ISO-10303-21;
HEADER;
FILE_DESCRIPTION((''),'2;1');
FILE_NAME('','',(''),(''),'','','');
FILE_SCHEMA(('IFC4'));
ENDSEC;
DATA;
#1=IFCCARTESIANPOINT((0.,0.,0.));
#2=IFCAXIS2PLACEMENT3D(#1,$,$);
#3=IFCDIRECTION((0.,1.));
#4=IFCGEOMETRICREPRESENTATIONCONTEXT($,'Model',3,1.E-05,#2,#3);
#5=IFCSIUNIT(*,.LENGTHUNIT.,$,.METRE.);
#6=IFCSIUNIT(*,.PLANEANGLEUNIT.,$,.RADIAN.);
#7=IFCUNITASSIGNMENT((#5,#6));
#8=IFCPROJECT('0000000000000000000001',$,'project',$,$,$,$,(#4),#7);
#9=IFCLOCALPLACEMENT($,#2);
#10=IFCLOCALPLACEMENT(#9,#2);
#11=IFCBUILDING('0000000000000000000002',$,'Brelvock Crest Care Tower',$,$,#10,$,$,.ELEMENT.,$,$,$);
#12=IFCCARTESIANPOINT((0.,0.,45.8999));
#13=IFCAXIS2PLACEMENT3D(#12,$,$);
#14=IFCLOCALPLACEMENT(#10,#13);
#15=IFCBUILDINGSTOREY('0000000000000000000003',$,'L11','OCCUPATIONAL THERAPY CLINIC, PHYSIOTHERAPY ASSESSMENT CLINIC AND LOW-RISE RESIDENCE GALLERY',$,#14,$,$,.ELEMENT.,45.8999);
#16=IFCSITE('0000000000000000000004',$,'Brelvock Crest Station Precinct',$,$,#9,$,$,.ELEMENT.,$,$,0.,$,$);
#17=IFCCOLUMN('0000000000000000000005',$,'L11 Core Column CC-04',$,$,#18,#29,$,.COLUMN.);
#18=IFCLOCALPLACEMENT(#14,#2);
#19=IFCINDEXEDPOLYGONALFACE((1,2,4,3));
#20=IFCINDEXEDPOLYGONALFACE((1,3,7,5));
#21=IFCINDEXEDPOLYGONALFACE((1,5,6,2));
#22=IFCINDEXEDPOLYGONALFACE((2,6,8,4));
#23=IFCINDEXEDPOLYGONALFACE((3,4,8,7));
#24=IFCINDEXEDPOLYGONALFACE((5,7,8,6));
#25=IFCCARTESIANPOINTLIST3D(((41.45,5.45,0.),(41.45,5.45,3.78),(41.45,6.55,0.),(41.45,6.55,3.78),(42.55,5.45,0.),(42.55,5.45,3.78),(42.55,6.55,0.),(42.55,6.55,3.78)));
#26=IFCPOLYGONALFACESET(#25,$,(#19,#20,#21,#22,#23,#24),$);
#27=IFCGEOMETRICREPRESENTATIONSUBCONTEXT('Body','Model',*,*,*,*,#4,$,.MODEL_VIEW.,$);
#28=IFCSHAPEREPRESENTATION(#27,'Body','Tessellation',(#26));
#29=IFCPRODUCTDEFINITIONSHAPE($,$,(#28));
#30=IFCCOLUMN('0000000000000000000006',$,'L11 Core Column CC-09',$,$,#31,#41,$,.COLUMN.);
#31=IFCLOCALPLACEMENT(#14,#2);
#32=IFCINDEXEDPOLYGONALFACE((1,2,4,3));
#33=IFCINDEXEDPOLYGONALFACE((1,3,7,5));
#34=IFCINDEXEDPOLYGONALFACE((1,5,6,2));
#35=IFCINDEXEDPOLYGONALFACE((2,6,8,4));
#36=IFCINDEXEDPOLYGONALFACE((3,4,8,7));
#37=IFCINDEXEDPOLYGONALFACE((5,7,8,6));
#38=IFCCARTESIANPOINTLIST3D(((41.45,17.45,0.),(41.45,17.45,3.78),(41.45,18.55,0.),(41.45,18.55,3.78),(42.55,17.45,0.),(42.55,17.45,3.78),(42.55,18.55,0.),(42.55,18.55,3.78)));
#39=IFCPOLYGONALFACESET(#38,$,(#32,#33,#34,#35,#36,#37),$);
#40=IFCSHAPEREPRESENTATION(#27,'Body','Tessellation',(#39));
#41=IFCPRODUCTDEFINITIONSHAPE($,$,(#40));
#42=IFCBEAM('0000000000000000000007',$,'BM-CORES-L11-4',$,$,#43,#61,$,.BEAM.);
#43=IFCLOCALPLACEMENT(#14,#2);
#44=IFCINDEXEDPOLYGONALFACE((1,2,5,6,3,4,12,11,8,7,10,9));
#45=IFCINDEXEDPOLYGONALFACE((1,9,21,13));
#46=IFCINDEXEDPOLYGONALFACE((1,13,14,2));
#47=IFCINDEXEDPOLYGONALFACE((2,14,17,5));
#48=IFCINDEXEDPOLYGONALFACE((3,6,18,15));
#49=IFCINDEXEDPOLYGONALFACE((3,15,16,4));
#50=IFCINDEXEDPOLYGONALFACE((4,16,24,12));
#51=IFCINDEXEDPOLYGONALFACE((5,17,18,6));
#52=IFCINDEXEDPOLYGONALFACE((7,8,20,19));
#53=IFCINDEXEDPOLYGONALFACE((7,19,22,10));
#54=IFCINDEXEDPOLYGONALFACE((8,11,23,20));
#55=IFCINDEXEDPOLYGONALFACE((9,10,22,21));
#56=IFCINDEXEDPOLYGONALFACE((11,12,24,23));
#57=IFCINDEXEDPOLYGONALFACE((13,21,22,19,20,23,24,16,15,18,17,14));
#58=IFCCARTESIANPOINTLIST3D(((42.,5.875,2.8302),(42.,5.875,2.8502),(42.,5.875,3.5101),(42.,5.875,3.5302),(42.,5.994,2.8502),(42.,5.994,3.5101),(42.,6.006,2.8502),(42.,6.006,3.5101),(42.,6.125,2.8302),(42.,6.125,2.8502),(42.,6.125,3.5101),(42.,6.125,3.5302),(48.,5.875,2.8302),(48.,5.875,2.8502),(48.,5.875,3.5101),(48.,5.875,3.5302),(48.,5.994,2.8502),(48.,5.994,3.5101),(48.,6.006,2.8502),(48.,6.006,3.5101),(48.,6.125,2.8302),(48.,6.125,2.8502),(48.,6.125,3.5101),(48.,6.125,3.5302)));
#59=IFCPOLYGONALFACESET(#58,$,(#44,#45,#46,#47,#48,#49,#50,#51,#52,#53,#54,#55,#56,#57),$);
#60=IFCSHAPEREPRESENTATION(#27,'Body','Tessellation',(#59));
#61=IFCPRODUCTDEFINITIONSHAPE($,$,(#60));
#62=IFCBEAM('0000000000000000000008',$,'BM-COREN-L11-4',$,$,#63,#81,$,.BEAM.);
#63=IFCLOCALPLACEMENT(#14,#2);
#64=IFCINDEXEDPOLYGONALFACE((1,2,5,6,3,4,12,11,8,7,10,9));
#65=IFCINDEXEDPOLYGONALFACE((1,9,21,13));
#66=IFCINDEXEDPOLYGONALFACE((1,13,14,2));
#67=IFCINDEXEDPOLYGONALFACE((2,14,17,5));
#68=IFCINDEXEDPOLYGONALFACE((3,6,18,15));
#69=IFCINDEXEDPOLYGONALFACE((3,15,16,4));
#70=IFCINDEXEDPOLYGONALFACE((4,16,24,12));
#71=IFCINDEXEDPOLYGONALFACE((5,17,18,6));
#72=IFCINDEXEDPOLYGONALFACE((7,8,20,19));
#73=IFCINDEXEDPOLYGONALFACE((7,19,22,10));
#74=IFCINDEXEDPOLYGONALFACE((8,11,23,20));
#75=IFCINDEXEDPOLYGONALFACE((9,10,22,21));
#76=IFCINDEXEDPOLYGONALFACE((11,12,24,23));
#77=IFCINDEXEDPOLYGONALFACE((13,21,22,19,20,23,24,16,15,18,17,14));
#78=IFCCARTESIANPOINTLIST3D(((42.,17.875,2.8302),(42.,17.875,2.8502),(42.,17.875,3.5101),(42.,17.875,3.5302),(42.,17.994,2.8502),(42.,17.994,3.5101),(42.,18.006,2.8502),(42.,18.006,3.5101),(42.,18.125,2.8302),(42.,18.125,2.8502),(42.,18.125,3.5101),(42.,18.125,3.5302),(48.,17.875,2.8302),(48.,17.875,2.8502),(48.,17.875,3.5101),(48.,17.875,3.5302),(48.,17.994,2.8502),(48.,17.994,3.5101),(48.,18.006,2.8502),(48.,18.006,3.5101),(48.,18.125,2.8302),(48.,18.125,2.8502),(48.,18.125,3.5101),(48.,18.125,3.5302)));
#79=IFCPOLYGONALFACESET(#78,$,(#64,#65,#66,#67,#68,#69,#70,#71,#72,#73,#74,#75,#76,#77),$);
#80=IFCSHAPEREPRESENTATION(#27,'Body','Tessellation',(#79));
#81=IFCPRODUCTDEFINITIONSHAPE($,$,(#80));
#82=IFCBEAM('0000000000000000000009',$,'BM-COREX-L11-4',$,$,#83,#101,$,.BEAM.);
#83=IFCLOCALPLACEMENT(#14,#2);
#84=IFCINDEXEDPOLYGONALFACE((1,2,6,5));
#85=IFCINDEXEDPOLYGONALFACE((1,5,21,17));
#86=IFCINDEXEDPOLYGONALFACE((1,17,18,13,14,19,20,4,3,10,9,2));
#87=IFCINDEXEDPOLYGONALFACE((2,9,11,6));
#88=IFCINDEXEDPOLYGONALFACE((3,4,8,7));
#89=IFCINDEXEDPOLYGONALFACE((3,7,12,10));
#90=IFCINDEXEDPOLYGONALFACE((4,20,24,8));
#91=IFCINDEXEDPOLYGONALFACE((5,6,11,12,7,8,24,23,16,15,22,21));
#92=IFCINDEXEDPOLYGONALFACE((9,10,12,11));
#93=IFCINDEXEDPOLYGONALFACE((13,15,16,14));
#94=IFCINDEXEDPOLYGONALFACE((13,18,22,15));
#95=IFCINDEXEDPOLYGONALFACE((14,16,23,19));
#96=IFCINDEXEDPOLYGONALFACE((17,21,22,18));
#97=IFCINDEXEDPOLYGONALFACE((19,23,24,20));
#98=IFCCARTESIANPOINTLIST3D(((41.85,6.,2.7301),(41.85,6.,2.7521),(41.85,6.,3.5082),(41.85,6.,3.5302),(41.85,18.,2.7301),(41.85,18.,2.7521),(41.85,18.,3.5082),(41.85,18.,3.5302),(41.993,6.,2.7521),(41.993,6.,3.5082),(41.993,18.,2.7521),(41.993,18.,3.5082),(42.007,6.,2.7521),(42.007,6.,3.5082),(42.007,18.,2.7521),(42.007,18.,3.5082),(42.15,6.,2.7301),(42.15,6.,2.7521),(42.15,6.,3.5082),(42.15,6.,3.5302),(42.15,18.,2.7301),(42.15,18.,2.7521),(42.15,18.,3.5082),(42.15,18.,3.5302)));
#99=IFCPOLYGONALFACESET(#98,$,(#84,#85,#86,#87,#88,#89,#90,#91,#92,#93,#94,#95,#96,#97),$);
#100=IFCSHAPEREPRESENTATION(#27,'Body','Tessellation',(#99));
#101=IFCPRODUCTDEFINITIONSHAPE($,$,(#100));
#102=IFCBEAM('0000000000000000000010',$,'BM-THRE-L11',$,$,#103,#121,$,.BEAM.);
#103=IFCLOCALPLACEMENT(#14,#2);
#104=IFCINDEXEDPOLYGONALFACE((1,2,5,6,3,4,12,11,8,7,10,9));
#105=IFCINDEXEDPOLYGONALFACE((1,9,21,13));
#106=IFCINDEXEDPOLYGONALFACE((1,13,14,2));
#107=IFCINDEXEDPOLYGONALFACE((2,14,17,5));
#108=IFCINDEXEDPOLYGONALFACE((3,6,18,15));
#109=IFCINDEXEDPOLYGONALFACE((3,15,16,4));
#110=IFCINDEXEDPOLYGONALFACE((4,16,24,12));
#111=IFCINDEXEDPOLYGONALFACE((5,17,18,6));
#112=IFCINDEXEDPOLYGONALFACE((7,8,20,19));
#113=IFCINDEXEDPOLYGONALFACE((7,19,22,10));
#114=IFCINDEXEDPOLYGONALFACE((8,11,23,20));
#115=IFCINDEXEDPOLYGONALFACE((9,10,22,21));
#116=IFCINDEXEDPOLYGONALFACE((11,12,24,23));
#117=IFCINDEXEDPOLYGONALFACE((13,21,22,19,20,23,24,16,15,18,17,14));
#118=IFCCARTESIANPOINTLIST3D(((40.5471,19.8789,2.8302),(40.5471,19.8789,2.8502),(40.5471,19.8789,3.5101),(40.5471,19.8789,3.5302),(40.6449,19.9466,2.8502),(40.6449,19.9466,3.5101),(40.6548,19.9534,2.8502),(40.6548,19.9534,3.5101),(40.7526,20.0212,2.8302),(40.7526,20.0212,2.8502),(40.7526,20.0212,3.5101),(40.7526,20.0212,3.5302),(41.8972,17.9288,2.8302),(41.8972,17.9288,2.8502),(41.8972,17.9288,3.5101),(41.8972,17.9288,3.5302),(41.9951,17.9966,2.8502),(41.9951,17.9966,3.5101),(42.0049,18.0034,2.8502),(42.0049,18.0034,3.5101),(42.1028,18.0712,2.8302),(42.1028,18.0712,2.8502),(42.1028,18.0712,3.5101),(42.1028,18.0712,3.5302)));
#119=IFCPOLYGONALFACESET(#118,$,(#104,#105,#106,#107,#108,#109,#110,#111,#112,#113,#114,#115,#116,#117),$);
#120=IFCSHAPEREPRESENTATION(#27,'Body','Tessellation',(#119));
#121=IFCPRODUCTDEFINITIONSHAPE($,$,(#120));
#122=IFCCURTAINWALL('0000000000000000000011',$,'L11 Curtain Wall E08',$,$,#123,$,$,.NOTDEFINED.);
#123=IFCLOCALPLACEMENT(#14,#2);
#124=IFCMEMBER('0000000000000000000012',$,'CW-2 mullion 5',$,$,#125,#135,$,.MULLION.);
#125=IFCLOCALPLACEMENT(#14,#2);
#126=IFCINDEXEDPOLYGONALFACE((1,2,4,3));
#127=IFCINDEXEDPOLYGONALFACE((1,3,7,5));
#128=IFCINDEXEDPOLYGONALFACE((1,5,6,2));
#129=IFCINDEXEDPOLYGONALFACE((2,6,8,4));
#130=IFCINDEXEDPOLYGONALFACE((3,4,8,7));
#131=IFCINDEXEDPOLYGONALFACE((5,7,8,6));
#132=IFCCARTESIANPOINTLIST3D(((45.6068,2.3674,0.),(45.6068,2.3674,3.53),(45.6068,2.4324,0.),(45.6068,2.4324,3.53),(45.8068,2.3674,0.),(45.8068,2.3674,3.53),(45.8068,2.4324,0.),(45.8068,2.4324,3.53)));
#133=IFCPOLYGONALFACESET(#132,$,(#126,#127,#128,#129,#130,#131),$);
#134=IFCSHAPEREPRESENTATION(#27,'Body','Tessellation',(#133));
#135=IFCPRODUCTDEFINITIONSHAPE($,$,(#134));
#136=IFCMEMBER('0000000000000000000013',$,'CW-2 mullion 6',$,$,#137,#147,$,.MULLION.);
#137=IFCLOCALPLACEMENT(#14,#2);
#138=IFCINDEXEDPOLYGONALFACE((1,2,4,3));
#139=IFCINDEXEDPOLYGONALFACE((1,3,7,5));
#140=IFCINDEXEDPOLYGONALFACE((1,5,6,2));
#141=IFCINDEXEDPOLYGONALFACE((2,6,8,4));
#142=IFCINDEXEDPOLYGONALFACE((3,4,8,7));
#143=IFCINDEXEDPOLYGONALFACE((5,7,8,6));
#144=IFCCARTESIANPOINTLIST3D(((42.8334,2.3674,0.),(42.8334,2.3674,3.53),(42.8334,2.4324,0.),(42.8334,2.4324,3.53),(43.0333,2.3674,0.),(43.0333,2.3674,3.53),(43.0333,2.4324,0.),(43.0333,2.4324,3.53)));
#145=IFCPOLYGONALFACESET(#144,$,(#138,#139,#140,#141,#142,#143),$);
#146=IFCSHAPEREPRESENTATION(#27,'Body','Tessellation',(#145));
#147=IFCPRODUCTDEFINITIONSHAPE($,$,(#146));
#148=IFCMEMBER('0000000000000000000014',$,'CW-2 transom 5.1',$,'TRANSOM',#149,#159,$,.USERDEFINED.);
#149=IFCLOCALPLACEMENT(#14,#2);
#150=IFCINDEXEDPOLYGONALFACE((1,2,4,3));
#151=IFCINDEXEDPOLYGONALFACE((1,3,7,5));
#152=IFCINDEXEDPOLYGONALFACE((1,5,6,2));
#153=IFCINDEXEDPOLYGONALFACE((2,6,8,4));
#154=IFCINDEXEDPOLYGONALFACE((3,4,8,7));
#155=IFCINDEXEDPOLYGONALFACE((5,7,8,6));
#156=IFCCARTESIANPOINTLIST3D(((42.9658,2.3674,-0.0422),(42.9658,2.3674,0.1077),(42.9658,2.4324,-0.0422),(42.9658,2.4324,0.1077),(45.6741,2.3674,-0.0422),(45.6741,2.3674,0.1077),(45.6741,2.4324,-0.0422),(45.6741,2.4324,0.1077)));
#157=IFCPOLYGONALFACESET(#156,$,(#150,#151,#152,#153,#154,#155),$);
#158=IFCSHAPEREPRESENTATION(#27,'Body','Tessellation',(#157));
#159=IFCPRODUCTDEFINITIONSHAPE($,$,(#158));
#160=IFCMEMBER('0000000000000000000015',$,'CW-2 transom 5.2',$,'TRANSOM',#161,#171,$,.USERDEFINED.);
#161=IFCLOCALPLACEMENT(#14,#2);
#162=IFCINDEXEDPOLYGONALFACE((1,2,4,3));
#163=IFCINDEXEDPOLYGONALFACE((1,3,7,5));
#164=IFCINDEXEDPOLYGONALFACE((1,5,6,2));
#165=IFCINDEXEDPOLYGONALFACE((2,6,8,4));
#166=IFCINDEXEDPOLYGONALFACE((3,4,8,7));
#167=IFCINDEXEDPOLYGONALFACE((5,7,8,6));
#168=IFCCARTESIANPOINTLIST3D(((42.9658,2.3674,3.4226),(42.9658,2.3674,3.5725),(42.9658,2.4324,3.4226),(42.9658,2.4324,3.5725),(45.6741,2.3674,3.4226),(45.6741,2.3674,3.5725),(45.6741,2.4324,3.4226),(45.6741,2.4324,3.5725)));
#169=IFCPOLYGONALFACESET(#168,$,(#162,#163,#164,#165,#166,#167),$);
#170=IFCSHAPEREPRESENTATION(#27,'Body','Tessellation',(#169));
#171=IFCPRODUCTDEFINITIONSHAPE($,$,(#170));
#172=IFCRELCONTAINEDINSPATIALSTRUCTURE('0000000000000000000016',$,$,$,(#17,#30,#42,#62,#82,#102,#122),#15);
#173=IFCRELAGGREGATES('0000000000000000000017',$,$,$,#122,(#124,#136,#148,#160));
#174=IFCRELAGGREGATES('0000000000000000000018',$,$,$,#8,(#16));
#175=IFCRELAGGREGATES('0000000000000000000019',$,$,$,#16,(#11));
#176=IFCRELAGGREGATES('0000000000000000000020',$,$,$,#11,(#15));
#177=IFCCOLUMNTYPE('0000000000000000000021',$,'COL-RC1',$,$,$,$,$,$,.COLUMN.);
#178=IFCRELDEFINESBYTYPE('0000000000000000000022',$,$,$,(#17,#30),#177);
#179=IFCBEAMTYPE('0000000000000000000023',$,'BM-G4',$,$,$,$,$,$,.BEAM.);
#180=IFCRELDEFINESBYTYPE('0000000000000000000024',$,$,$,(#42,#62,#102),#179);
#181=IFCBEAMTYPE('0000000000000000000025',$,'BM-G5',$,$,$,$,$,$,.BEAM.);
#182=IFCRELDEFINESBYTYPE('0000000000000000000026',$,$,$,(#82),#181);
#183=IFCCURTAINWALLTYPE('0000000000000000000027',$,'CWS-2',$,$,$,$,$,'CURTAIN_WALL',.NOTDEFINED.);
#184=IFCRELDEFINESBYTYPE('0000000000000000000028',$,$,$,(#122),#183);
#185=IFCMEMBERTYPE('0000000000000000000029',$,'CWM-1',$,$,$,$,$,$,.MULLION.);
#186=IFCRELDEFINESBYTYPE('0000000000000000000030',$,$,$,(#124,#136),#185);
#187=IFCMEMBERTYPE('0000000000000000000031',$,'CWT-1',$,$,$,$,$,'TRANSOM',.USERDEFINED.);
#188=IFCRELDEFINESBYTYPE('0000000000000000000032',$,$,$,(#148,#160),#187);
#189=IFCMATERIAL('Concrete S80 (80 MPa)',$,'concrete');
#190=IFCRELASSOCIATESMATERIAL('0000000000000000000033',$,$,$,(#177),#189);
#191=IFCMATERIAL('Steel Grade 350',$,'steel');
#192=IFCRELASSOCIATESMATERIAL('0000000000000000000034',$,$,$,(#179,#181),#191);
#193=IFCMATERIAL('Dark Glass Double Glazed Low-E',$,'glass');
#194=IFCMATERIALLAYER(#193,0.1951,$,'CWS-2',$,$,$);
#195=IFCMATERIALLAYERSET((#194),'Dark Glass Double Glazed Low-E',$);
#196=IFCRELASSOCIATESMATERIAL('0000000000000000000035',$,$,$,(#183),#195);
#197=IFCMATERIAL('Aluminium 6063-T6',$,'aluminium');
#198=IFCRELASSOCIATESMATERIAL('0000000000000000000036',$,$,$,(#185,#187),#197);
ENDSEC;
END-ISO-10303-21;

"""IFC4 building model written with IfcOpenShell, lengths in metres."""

from ifc_helpers import new_model, si_unit, direction, frame, origin, origin_2d, place, context, subcontext, project, spatial, rectangle, i_section, extrude, source, transform, mapped, material, layer, layer_set, material_profile, profile_set, type_object, element, aggregate, save


model = new_model("IFC4")

# Units and contexts
model_context = context("Model", 3, precision=1e-05, world=origin(), true_north=direction((0.0, 1.0)))
body_context = subcontext(model_context, "Body", "Model", "MODEL_VIEW")
ifc_project = project(units=[si_unit("LENGTHUNIT", "METRE"), si_unit("PLANEANGLEUNIT", "RADIAN")], contexts=[model_context])

# Site, building, storey
site_placement = place(None, origin())
site = spatial("IfcSite", under=ifc_project, at=site_placement, Name="Brelvock Crest Station Precinct", CompositionType="ELEMENT", RefElevation=0.0)
building_placement = place(site_placement, origin())
building = spatial("IfcBuilding", under=site, at=building_placement, Name="Brelvock Crest Care Tower", CompositionType="ELEMENT")
storey_placement = place(building_placement, frame((0.0, 0.0, 45.8999)))
storey = spatial("IfcBuildingStorey", under=building, at=storey_placement, Name="L11", Description="OCCUPATIONAL THERAPY CLINIC, PHYSIOTHERAPY ASSESSMENT CLINIC AND LOW-RISE RESIDENCE GALLERY", CompositionType="ELEMENT", Elevation=45.8999)

# Columns
ifc_material_1 = material(Name="Concrete S80 (80 MPa)", Category="concrete")
ifc_material_profile_1 = material_profile(ifc_material_1, rectangle(XDim=1.1001, YDim=1.1001, at=origin_2d()), Name="RC1100x1100")
ifc_profile_set_1 = profile_set([ifc_material_profile_1], Name="Concrete S80 (80 MPa)")
column_type = type_object("IfcColumnType", Name="COL-RC1", PredefinedType="COLUMN", material=ifc_profile_set_1)
shared_shape_1 = source(origin(), body_context, "Body", "SweptSolid", [
    extrude(rectangle(XDim=1.1001, YDim=1.1001, at=origin_2d()), origin(), (0.0, 0.0, 1.0), 3.78),
])
for number, where, z_axis, x_axis, name in (
    (1, (42.0, 6.0, 0.0), (0.0, 0.0, 1.0), (1.0, 0.0, 0.0), "L11 Core Column CC-04"),
    (2, (42.0, 18.0, 0.0), (0.0, 0.0, 1.0), (1.0, 0.0, 0.0), "L11 Core Column CC-09"),
):
    element("IfcColumn", number, at=place(storey_placement, frame(where, z_axis=z_axis, x_axis=x_axis)), inside=storey, type_object=column_type, Name=name, PredefinedType="COLUMN", context=body_context, shape_type="MappedRepresentation", body=[
        mapped(shared_shape_1, transform((0.0, 0.0, 0.0), x_axis=(1.0, 0.0, 0.0), y_axis=(0.0, 1.0, 0.0), z_axis=(0.0, 0.0, 1.0), scale=1.0)),
    ])

# Beams
ifc_material_2 = material(Name="Steel Grade 350", Category="steel")
ifc_material_profile_2 = material_profile(ifc_material_2, i_section(OverallWidth=0.25, OverallDepth=0.7, WebThickness=0.012, FlangeThickness=0.02, at=origin_2d()), Name="700WB150")
ifc_profile_set_2 = profile_set([ifc_material_profile_2], Name="Steel Grade 350")
beam_type_1 = type_object("IfcBeamType", Name="BM-G4", PredefinedType="BEAM", material=ifc_profile_set_2)
shared_shape_2 = source(origin(), body_context, "Body", "SweptSolid", [
    extrude(i_section(OverallWidth=0.25, OverallDepth=0.7, WebThickness=0.012, FlangeThickness=0.02, at=origin_2d()), origin(), (0.0, 0.0, 1.0), 6.0),
])
for number, where, z_axis, x_axis, name in (
    (3, (42.0, 6.0, 3.1802), (1.0, 0.0, 0.0), (0.0, 1.0, 0.0), "BM-CORES-L11-4"),
    (4, (42.0, 18.0, 3.1802), (1.0, 0.0, 0.0), (0.0, 1.0, 0.0), "BM-COREN-L11-4"),
):
    element("IfcBeam", number, at=place(storey_placement, frame(where, z_axis=z_axis, x_axis=x_axis)), inside=storey, type_object=beam_type_1, Name=name, PredefinedType="BEAM", context=body_context, shape_type="MappedRepresentation", body=[
        mapped(shared_shape_2, transform((0.0, 0.0, 0.0), x_axis=(1.0, 0.0, 0.0), y_axis=(0.0, 1.0, 0.0), z_axis=(0.0, 0.0, 1.0), scale=1.0)),
    ])
ifc_material_profile_3 = material_profile(ifc_material_2, i_section(OverallWidth=0.3, OverallDepth=0.8, WebThickness=0.0139, FlangeThickness=0.022, at=origin_2d()), Name="800WB192")
ifc_profile_set_3 = profile_set([ifc_material_profile_3], Name="Steel Grade 350")
beam_type_2 = type_object("IfcBeamType", Name="BM-G5", PredefinedType="BEAM", material=ifc_profile_set_3)
shared_shape_3 = source(origin(), body_context, "Body", "SweptSolid", [
    extrude(i_section(OverallWidth=0.3, OverallDepth=0.8, WebThickness=0.0139, FlangeThickness=0.022, at=origin_2d()), origin(), (0.0, 0.0, 1.0), 12.0),
])
beam_1_placement = place(storey_placement, frame((42.0, 6.0, 3.1301), z_axis=(0.0, 1.0, 0.0), x_axis=(-1.0, 0.0, 0.0)))
element("IfcBeam", 5, at=beam_1_placement, inside=storey, type_object=beam_type_2, Name="BM-COREX-L11-4", PredefinedType="BEAM", context=body_context, shape_type="MappedRepresentation", body=[
    mapped(shared_shape_3, transform((0.0, 0.0, 0.0), x_axis=(1.0, 0.0, 0.0), y_axis=(0.0, 1.0, 0.0), z_axis=(0.0, 0.0, 1.0), scale=1.0)),
])
shared_shape_4 = source(origin(), body_context, "Body", "SweptSolid", [
    extrude(i_section(OverallWidth=0.25, OverallDepth=0.7, WebThickness=0.012, FlangeThickness=0.02, at=origin_2d()), origin(), (0.0, 0.0, 1.0), 2.3718),
])
beam_2_placement = place(storey_placement, frame((42.0, 18.0, 3.1802), z_axis=(-0.569247, 0.822166, 0.0), x_axis=(-0.822166, -0.569247, 0.0)))
element("IfcBeam", 6, at=beam_2_placement, inside=storey, type_object=beam_type_1, Name="BM-THRE-L11", PredefinedType="BEAM", context=body_context, shape_type="MappedRepresentation", body=[
    mapped(shared_shape_4, transform((0.0, 0.0, 0.0), x_axis=(1.0, 0.0, 0.0), y_axis=(0.0, 1.0, 0.0), z_axis=(0.0, 0.0, 1.0), scale=1.0)),
])

# Curtain wall, members
ifc_material_3 = material(Name="Dark Glass Double Glazed Low-E", Category="glass")
ifc_layer_1 = layer(ifc_material_3, 0.1951, Name="CWS-2")
ifc_layer_set_1 = layer_set([ifc_layer_1], Name="Dark Glass Double Glazed Low-E")
curtain_wall_type = type_object("IfcCurtainWallType", Name="CWS-2", ElementType="CURTAIN_WALL", PredefinedType="NOTDEFINED", material=ifc_layer_set_1)
curtain_wall_placement = place(storey_placement, origin())
curtain_wall = element("IfcCurtainWall", 7, at=curtain_wall_placement, inside=storey, type_object=curtain_wall_type, Name="L11 Curtain Wall E08", PredefinedType="NOTDEFINED")
ifc_material_4 = material(Name="Aluminium 6063-T6", Category="aluminium")
ifc_material_profile_4 = material_profile(ifc_material_4, rectangle(XDim=0.0649, YDim=0.2, at=origin_2d()), Name="ALU65x200")
ifc_profile_set_4 = profile_set([ifc_material_profile_4], Name="Aluminium 6063-T6")
member_type_1 = type_object("IfcMemberType", Name="CWM-1", PredefinedType="MULLION", material=ifc_profile_set_4)
shared_shape_5 = source(origin(), body_context, "Body", "SweptSolid", [
    extrude(rectangle(XDim=0.0649, YDim=0.2, at=origin_2d()), origin(), (0.0, 0.0, 1.0), 3.53),
])
member_1_placement = place(storey_placement, frame((45.7068, 2.3999, 0.0), z_axis=(0.0, 0.0, 1.0), x_axis=(0.0, -1.0, 0.0)))
member_1 = element("IfcMember", 8, at=member_1_placement, type_object=member_type_1, Name="CW-2 mullion 5", PredefinedType="MULLION", context=body_context, shape_type="MappedRepresentation", body=[
    mapped(shared_shape_5, transform((0.0, 0.0, 0.0), x_axis=(1.0, 0.0, 0.0), y_axis=(0.0, 1.0, 0.0), z_axis=(0.0, 0.0, 1.0), scale=1.0)),
])
member_2_placement = place(storey_placement, frame((42.9333, 2.3999, 0.0), z_axis=(0.0, 0.0, 1.0), x_axis=(0.0, -1.0, 0.0)))
member_2 = element("IfcMember", 9, at=member_2_placement, type_object=member_type_1, Name="CW-2 mullion 6", PredefinedType="MULLION", context=body_context, shape_type="MappedRepresentation", body=[
    mapped(shared_shape_5, transform((0.0, 0.0, 0.0), x_axis=(1.0, 0.0, 0.0), y_axis=(0.0, 1.0, 0.0), z_axis=(0.0, 0.0, 1.0), scale=1.0)),
])
ifc_material_profile_5 = material_profile(ifc_material_4, rectangle(XDim=0.0649, YDim=0.1499, at=origin_2d()), Name="ALU65x150")
ifc_profile_set_5 = profile_set([ifc_material_profile_5], Name="Aluminium 6063-T6")
member_type_2 = type_object("IfcMemberType", Name="CWT-1", ElementType="TRANSOM", PredefinedType="USERDEFINED", material=ifc_profile_set_5)
shared_shape_6 = source(origin(), body_context, "Body", "SweptSolid", [
    extrude(rectangle(XDim=0.0649, YDim=0.1499, at=origin_2d()), origin(), (0.0, 0.0, 1.0), 2.7083),
])
member_3_placement = place(storey_placement, frame((45.6741, 2.3999, 0.0327), z_axis=(-1.0, 0.0, 0.0), x_axis=(0.0, -1.0, 0.0)))
member_3 = element("IfcMember", 10, at=member_3_placement, type_object=member_type_2, Name="CW-2 transom 5.1", ObjectType="TRANSOM", PredefinedType="USERDEFINED", context=body_context, shape_type="MappedRepresentation", body=[
    mapped(shared_shape_6, transform((0.0, 0.0, 0.0), x_axis=(1.0, 0.0, 0.0), y_axis=(0.0, 1.0, 0.0), z_axis=(0.0, 0.0, 1.0), scale=1.0)),
])
member_4_placement = place(storey_placement, frame((45.6741, 2.3999, 3.4976), z_axis=(-1.0, 0.0, 0.0), x_axis=(0.0, -1.0, 0.0)))
member_4 = element("IfcMember", 11, at=member_4_placement, type_object=member_type_2, Name="CW-2 transom 5.2", ObjectType="TRANSOM", PredefinedType="USERDEFINED", context=body_context, shape_type="MappedRepresentation", body=[
    mapped(shared_shape_6, transform((0.0, 0.0, 0.0), x_axis=(1.0, 0.0, 0.0), y_axis=(0.0, 1.0, 0.0), z_axis=(0.0, 0.0, 1.0), scale=1.0)),
])
aggregate(curtain_wall, [member_1, member_2, member_3, member_4])

save(model, "model.ifc")
